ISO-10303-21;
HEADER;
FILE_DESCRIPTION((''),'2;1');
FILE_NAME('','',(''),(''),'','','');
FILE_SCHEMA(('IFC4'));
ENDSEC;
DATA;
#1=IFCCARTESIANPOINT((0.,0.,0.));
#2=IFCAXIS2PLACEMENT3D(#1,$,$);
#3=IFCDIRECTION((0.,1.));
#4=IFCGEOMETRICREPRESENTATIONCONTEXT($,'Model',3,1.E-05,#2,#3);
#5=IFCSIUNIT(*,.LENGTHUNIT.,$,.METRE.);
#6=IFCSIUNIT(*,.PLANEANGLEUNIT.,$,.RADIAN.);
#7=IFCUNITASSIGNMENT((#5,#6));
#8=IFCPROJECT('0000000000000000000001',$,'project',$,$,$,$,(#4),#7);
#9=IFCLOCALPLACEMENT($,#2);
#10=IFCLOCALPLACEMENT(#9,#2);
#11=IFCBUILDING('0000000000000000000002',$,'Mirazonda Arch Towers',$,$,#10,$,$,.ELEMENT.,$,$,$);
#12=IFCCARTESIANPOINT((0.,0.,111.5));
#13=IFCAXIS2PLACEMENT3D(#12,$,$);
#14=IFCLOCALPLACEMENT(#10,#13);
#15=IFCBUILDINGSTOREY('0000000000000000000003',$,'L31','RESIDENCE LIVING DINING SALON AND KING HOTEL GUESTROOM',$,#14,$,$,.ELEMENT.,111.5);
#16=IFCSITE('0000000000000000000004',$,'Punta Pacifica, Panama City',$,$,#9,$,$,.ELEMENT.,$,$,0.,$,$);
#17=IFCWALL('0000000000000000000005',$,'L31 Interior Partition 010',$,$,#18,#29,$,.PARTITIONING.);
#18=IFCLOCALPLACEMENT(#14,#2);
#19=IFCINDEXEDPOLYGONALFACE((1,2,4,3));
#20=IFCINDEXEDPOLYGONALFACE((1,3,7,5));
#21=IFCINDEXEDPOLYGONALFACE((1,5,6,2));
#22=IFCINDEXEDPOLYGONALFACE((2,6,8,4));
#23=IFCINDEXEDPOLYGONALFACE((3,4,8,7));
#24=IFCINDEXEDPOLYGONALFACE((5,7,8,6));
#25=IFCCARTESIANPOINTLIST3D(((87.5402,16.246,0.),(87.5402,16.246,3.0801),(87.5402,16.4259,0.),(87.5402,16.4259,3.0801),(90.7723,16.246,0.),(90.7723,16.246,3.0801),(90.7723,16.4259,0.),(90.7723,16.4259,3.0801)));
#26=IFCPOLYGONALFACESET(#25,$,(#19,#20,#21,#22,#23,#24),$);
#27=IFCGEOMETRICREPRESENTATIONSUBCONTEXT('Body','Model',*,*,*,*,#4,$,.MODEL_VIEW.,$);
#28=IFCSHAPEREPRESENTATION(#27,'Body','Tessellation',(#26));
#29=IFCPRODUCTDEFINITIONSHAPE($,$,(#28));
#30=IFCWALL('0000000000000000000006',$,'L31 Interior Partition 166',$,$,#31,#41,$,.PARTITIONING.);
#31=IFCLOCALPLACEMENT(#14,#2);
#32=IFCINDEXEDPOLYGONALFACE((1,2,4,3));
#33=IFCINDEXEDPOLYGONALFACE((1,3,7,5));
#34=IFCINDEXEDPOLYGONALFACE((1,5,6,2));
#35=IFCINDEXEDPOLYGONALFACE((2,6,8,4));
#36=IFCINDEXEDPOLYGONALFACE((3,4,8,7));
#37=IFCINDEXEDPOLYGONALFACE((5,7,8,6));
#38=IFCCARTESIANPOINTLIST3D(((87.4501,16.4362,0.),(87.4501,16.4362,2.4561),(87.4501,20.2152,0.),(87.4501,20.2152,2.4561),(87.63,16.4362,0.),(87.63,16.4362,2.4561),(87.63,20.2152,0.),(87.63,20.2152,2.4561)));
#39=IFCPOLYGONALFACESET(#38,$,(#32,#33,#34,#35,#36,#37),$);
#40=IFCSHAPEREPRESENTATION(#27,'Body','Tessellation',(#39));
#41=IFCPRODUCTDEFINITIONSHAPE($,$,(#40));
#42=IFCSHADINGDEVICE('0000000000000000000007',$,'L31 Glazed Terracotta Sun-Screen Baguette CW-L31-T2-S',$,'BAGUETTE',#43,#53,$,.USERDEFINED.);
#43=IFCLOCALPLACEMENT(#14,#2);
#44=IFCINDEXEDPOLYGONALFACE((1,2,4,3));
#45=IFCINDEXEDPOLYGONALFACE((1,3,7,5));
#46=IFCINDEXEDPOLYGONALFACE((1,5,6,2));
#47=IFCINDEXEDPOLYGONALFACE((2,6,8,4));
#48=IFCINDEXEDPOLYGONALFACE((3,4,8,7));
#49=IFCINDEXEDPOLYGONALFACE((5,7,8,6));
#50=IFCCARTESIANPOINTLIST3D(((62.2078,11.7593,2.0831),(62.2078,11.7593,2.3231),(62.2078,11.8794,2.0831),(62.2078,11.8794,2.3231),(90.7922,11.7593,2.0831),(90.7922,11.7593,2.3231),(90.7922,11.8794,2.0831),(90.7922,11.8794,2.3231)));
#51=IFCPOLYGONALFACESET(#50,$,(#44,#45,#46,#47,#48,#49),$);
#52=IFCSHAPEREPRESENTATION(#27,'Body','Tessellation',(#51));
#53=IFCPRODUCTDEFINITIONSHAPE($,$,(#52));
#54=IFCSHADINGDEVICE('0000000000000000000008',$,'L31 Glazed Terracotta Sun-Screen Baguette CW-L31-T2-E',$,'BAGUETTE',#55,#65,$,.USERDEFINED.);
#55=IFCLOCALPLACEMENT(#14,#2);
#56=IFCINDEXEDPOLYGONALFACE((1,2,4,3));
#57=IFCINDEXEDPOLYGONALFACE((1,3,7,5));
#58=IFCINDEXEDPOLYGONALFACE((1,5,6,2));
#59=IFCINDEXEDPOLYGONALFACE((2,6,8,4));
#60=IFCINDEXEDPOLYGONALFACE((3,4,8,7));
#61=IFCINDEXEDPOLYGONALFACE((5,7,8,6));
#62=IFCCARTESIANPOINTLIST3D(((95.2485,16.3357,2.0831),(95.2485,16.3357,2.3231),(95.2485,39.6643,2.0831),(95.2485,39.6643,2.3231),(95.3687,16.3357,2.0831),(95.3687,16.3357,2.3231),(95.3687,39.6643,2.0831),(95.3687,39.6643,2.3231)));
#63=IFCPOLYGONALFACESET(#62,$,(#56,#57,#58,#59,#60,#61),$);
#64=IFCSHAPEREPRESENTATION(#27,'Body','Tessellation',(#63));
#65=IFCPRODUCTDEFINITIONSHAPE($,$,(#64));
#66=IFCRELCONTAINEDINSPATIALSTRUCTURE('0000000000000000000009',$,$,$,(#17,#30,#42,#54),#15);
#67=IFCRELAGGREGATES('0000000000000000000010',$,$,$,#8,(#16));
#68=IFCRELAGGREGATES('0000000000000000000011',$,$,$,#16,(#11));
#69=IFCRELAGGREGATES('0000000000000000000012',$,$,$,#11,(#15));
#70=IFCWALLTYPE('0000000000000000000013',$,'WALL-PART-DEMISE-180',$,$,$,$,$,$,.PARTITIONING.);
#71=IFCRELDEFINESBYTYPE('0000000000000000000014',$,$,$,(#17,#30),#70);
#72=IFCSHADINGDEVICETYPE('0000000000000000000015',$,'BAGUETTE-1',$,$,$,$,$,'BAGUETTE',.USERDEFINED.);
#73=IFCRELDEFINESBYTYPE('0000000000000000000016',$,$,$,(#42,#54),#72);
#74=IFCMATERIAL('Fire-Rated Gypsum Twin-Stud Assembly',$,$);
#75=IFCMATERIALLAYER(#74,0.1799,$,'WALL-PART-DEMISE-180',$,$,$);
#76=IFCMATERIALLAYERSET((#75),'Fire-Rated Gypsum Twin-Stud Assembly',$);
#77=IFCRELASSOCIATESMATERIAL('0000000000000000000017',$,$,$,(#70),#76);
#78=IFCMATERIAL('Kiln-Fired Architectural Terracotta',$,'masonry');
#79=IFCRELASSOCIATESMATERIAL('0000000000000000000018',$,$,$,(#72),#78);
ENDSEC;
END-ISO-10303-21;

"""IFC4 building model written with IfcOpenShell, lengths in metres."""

from ifc_helpers import new_model, si_unit, direction, frame, frame_2d, origin, origin_2d, place, context, subcontext, project, spatial, rectangle, extrude, material, layer, layer_set, material_profile, profile_set, type_object, element, save


model = new_model("IFC4")

# Units and contexts
model_context = context("Model", 3, precision=1e-05, world=origin(), true_north=direction((0.0, 1.0)))
body_context = subcontext(model_context, "Body", "Model", "MODEL_VIEW")
ifc_project = project(units=[si_unit("LENGTHUNIT", "METRE"), si_unit("PLANEANGLEUNIT", "RADIAN")], contexts=[model_context])

# Site, building, storey
site_placement = place(None, origin())
site = spatial("IfcSite", under=ifc_project, at=site_placement, Name="Punta Pacifica, Panama City", CompositionType="ELEMENT", RefElevation=0.0)
building_placement = place(site_placement, origin())
building = spatial("IfcBuilding", under=site, at=building_placement, Name="Mirazonda Arch Towers", CompositionType="ELEMENT")
storey_placement = place(building_placement, frame((0.0, 0.0, 111.5)))
storey = spatial("IfcBuildingStorey", under=building, at=storey_placement, Name="L31", Description="RESIDENCE LIVING DINING SALON AND KING HOTEL GUESTROOM", CompositionType="ELEMENT", Elevation=111.5)

# Walls
ifc_material_1 = material(Name="Fire-Rated Gypsum Twin-Stud Assembly")
ifc_layer_1 = layer(ifc_material_1, 0.1799, Name="WALL-PART-DEMISE-180")
ifc_layer_set_1 = layer_set([ifc_layer_1], Name="Fire-Rated Gypsum Twin-Stud Assembly")
wall_type_1 = type_object("IfcWallType", Name="WALL-PART-DEMISE-180", PredefinedType="PARTITIONING", material=ifc_layer_set_1)
wall_1_placement = place(storey_placement, frame((87.54, 16.3359, 0.0), z_axis=(0.0, 0.0, 1.0), x_axis=(1.0, 0.0, 0.0)))
element("IfcWall", 1, at=wall_1_placement, inside=storey, type_object=wall_type_1, Name="L31 Interior Partition 010", PredefinedType="PARTITIONING", context=body_context, shape_type="SweptSolid", body=[
    extrude(rectangle(XDim=3.2322, YDim=0.1799, at=frame_2d((1.6162, 0.0))), origin(), (0.0, 0.0, 1.0), 3.0801),
])
wall_2_placement = place(storey_placement, frame((87.54, 16.436, 0.0), z_axis=(0.0, 0.0, 1.0), x_axis=(0.0, 1.0, 0.0)))
element("IfcWall", 2, at=wall_2_placement, inside=storey, type_object=wall_type_1, Name="L31 Interior Partition 166", PredefinedType="PARTITIONING", context=body_context, shape_type="SweptSolid", body=[
    extrude(rectangle(XDim=3.7791, YDim=0.1799, at=frame_2d((1.8896, 0.0))), origin(), (0.0, 0.0, 1.0), 2.4561),
])

# Shading devices
ifc_material_2 = material(Name="Kiln-Fired Architectural Terracotta", Category="masonry")
ifc_material_profile_1 = material_profile(ifc_material_2, rectangle(XDim=0.1201, YDim=0.24, at=origin_2d()), Name="TERRA-BAG-120x240")
ifc_profile_set_1 = profile_set([ifc_material_profile_1], Name="Kiln-Fired Architectural Terracotta")
shading_device_type = type_object("IfcShadingDeviceType", Name="BAGUETTE-1", ElementType="BAGUETTE", PredefinedType="USERDEFINED", material=ifc_profile_set_1)
shading_device_1_placement = place(storey_placement, frame((90.7922, 11.8193, 2.2031), z_axis=(-1.0, 0.0, 0.0), x_axis=(0.0, -1.0, 0.0)))
element("IfcShadingDevice", 3, at=shading_device_1_placement, inside=storey, type_object=shading_device_type, Name="L31 Glazed Terracotta Sun-Screen Baguette CW-L31-T2-S", ObjectType="BAGUETTE", PredefinedType="USERDEFINED", context=body_context, shape_type="SweptSolid", body=[
    extrude(rectangle(XDim=0.1201, YDim=0.24, at=origin_2d()), origin(), (0.0, 0.0, 1.0), 28.5845),
])
shading_device_2_placement = place(storey_placement, frame((95.3086, 16.3357, 2.2031), z_axis=(0.0, 1.0, 0.0), x_axis=(-1.0, 0.0, 0.0)))
element("IfcShadingDevice", 4, at=shading_device_2_placement, inside=storey, type_object=shading_device_type, Name="L31 Glazed Terracotta Sun-Screen Baguette CW-L31-T2-E", ObjectType="BAGUETTE", PredefinedType="USERDEFINED", context=body_context, shape_type="SweptSolid", body=[
    extrude(rectangle(XDim=0.1201, YDim=0.24, at=origin_2d()), origin(), (0.0, 0.0, 1.0), 23.3286),
])

save(model, "model.ifc")
